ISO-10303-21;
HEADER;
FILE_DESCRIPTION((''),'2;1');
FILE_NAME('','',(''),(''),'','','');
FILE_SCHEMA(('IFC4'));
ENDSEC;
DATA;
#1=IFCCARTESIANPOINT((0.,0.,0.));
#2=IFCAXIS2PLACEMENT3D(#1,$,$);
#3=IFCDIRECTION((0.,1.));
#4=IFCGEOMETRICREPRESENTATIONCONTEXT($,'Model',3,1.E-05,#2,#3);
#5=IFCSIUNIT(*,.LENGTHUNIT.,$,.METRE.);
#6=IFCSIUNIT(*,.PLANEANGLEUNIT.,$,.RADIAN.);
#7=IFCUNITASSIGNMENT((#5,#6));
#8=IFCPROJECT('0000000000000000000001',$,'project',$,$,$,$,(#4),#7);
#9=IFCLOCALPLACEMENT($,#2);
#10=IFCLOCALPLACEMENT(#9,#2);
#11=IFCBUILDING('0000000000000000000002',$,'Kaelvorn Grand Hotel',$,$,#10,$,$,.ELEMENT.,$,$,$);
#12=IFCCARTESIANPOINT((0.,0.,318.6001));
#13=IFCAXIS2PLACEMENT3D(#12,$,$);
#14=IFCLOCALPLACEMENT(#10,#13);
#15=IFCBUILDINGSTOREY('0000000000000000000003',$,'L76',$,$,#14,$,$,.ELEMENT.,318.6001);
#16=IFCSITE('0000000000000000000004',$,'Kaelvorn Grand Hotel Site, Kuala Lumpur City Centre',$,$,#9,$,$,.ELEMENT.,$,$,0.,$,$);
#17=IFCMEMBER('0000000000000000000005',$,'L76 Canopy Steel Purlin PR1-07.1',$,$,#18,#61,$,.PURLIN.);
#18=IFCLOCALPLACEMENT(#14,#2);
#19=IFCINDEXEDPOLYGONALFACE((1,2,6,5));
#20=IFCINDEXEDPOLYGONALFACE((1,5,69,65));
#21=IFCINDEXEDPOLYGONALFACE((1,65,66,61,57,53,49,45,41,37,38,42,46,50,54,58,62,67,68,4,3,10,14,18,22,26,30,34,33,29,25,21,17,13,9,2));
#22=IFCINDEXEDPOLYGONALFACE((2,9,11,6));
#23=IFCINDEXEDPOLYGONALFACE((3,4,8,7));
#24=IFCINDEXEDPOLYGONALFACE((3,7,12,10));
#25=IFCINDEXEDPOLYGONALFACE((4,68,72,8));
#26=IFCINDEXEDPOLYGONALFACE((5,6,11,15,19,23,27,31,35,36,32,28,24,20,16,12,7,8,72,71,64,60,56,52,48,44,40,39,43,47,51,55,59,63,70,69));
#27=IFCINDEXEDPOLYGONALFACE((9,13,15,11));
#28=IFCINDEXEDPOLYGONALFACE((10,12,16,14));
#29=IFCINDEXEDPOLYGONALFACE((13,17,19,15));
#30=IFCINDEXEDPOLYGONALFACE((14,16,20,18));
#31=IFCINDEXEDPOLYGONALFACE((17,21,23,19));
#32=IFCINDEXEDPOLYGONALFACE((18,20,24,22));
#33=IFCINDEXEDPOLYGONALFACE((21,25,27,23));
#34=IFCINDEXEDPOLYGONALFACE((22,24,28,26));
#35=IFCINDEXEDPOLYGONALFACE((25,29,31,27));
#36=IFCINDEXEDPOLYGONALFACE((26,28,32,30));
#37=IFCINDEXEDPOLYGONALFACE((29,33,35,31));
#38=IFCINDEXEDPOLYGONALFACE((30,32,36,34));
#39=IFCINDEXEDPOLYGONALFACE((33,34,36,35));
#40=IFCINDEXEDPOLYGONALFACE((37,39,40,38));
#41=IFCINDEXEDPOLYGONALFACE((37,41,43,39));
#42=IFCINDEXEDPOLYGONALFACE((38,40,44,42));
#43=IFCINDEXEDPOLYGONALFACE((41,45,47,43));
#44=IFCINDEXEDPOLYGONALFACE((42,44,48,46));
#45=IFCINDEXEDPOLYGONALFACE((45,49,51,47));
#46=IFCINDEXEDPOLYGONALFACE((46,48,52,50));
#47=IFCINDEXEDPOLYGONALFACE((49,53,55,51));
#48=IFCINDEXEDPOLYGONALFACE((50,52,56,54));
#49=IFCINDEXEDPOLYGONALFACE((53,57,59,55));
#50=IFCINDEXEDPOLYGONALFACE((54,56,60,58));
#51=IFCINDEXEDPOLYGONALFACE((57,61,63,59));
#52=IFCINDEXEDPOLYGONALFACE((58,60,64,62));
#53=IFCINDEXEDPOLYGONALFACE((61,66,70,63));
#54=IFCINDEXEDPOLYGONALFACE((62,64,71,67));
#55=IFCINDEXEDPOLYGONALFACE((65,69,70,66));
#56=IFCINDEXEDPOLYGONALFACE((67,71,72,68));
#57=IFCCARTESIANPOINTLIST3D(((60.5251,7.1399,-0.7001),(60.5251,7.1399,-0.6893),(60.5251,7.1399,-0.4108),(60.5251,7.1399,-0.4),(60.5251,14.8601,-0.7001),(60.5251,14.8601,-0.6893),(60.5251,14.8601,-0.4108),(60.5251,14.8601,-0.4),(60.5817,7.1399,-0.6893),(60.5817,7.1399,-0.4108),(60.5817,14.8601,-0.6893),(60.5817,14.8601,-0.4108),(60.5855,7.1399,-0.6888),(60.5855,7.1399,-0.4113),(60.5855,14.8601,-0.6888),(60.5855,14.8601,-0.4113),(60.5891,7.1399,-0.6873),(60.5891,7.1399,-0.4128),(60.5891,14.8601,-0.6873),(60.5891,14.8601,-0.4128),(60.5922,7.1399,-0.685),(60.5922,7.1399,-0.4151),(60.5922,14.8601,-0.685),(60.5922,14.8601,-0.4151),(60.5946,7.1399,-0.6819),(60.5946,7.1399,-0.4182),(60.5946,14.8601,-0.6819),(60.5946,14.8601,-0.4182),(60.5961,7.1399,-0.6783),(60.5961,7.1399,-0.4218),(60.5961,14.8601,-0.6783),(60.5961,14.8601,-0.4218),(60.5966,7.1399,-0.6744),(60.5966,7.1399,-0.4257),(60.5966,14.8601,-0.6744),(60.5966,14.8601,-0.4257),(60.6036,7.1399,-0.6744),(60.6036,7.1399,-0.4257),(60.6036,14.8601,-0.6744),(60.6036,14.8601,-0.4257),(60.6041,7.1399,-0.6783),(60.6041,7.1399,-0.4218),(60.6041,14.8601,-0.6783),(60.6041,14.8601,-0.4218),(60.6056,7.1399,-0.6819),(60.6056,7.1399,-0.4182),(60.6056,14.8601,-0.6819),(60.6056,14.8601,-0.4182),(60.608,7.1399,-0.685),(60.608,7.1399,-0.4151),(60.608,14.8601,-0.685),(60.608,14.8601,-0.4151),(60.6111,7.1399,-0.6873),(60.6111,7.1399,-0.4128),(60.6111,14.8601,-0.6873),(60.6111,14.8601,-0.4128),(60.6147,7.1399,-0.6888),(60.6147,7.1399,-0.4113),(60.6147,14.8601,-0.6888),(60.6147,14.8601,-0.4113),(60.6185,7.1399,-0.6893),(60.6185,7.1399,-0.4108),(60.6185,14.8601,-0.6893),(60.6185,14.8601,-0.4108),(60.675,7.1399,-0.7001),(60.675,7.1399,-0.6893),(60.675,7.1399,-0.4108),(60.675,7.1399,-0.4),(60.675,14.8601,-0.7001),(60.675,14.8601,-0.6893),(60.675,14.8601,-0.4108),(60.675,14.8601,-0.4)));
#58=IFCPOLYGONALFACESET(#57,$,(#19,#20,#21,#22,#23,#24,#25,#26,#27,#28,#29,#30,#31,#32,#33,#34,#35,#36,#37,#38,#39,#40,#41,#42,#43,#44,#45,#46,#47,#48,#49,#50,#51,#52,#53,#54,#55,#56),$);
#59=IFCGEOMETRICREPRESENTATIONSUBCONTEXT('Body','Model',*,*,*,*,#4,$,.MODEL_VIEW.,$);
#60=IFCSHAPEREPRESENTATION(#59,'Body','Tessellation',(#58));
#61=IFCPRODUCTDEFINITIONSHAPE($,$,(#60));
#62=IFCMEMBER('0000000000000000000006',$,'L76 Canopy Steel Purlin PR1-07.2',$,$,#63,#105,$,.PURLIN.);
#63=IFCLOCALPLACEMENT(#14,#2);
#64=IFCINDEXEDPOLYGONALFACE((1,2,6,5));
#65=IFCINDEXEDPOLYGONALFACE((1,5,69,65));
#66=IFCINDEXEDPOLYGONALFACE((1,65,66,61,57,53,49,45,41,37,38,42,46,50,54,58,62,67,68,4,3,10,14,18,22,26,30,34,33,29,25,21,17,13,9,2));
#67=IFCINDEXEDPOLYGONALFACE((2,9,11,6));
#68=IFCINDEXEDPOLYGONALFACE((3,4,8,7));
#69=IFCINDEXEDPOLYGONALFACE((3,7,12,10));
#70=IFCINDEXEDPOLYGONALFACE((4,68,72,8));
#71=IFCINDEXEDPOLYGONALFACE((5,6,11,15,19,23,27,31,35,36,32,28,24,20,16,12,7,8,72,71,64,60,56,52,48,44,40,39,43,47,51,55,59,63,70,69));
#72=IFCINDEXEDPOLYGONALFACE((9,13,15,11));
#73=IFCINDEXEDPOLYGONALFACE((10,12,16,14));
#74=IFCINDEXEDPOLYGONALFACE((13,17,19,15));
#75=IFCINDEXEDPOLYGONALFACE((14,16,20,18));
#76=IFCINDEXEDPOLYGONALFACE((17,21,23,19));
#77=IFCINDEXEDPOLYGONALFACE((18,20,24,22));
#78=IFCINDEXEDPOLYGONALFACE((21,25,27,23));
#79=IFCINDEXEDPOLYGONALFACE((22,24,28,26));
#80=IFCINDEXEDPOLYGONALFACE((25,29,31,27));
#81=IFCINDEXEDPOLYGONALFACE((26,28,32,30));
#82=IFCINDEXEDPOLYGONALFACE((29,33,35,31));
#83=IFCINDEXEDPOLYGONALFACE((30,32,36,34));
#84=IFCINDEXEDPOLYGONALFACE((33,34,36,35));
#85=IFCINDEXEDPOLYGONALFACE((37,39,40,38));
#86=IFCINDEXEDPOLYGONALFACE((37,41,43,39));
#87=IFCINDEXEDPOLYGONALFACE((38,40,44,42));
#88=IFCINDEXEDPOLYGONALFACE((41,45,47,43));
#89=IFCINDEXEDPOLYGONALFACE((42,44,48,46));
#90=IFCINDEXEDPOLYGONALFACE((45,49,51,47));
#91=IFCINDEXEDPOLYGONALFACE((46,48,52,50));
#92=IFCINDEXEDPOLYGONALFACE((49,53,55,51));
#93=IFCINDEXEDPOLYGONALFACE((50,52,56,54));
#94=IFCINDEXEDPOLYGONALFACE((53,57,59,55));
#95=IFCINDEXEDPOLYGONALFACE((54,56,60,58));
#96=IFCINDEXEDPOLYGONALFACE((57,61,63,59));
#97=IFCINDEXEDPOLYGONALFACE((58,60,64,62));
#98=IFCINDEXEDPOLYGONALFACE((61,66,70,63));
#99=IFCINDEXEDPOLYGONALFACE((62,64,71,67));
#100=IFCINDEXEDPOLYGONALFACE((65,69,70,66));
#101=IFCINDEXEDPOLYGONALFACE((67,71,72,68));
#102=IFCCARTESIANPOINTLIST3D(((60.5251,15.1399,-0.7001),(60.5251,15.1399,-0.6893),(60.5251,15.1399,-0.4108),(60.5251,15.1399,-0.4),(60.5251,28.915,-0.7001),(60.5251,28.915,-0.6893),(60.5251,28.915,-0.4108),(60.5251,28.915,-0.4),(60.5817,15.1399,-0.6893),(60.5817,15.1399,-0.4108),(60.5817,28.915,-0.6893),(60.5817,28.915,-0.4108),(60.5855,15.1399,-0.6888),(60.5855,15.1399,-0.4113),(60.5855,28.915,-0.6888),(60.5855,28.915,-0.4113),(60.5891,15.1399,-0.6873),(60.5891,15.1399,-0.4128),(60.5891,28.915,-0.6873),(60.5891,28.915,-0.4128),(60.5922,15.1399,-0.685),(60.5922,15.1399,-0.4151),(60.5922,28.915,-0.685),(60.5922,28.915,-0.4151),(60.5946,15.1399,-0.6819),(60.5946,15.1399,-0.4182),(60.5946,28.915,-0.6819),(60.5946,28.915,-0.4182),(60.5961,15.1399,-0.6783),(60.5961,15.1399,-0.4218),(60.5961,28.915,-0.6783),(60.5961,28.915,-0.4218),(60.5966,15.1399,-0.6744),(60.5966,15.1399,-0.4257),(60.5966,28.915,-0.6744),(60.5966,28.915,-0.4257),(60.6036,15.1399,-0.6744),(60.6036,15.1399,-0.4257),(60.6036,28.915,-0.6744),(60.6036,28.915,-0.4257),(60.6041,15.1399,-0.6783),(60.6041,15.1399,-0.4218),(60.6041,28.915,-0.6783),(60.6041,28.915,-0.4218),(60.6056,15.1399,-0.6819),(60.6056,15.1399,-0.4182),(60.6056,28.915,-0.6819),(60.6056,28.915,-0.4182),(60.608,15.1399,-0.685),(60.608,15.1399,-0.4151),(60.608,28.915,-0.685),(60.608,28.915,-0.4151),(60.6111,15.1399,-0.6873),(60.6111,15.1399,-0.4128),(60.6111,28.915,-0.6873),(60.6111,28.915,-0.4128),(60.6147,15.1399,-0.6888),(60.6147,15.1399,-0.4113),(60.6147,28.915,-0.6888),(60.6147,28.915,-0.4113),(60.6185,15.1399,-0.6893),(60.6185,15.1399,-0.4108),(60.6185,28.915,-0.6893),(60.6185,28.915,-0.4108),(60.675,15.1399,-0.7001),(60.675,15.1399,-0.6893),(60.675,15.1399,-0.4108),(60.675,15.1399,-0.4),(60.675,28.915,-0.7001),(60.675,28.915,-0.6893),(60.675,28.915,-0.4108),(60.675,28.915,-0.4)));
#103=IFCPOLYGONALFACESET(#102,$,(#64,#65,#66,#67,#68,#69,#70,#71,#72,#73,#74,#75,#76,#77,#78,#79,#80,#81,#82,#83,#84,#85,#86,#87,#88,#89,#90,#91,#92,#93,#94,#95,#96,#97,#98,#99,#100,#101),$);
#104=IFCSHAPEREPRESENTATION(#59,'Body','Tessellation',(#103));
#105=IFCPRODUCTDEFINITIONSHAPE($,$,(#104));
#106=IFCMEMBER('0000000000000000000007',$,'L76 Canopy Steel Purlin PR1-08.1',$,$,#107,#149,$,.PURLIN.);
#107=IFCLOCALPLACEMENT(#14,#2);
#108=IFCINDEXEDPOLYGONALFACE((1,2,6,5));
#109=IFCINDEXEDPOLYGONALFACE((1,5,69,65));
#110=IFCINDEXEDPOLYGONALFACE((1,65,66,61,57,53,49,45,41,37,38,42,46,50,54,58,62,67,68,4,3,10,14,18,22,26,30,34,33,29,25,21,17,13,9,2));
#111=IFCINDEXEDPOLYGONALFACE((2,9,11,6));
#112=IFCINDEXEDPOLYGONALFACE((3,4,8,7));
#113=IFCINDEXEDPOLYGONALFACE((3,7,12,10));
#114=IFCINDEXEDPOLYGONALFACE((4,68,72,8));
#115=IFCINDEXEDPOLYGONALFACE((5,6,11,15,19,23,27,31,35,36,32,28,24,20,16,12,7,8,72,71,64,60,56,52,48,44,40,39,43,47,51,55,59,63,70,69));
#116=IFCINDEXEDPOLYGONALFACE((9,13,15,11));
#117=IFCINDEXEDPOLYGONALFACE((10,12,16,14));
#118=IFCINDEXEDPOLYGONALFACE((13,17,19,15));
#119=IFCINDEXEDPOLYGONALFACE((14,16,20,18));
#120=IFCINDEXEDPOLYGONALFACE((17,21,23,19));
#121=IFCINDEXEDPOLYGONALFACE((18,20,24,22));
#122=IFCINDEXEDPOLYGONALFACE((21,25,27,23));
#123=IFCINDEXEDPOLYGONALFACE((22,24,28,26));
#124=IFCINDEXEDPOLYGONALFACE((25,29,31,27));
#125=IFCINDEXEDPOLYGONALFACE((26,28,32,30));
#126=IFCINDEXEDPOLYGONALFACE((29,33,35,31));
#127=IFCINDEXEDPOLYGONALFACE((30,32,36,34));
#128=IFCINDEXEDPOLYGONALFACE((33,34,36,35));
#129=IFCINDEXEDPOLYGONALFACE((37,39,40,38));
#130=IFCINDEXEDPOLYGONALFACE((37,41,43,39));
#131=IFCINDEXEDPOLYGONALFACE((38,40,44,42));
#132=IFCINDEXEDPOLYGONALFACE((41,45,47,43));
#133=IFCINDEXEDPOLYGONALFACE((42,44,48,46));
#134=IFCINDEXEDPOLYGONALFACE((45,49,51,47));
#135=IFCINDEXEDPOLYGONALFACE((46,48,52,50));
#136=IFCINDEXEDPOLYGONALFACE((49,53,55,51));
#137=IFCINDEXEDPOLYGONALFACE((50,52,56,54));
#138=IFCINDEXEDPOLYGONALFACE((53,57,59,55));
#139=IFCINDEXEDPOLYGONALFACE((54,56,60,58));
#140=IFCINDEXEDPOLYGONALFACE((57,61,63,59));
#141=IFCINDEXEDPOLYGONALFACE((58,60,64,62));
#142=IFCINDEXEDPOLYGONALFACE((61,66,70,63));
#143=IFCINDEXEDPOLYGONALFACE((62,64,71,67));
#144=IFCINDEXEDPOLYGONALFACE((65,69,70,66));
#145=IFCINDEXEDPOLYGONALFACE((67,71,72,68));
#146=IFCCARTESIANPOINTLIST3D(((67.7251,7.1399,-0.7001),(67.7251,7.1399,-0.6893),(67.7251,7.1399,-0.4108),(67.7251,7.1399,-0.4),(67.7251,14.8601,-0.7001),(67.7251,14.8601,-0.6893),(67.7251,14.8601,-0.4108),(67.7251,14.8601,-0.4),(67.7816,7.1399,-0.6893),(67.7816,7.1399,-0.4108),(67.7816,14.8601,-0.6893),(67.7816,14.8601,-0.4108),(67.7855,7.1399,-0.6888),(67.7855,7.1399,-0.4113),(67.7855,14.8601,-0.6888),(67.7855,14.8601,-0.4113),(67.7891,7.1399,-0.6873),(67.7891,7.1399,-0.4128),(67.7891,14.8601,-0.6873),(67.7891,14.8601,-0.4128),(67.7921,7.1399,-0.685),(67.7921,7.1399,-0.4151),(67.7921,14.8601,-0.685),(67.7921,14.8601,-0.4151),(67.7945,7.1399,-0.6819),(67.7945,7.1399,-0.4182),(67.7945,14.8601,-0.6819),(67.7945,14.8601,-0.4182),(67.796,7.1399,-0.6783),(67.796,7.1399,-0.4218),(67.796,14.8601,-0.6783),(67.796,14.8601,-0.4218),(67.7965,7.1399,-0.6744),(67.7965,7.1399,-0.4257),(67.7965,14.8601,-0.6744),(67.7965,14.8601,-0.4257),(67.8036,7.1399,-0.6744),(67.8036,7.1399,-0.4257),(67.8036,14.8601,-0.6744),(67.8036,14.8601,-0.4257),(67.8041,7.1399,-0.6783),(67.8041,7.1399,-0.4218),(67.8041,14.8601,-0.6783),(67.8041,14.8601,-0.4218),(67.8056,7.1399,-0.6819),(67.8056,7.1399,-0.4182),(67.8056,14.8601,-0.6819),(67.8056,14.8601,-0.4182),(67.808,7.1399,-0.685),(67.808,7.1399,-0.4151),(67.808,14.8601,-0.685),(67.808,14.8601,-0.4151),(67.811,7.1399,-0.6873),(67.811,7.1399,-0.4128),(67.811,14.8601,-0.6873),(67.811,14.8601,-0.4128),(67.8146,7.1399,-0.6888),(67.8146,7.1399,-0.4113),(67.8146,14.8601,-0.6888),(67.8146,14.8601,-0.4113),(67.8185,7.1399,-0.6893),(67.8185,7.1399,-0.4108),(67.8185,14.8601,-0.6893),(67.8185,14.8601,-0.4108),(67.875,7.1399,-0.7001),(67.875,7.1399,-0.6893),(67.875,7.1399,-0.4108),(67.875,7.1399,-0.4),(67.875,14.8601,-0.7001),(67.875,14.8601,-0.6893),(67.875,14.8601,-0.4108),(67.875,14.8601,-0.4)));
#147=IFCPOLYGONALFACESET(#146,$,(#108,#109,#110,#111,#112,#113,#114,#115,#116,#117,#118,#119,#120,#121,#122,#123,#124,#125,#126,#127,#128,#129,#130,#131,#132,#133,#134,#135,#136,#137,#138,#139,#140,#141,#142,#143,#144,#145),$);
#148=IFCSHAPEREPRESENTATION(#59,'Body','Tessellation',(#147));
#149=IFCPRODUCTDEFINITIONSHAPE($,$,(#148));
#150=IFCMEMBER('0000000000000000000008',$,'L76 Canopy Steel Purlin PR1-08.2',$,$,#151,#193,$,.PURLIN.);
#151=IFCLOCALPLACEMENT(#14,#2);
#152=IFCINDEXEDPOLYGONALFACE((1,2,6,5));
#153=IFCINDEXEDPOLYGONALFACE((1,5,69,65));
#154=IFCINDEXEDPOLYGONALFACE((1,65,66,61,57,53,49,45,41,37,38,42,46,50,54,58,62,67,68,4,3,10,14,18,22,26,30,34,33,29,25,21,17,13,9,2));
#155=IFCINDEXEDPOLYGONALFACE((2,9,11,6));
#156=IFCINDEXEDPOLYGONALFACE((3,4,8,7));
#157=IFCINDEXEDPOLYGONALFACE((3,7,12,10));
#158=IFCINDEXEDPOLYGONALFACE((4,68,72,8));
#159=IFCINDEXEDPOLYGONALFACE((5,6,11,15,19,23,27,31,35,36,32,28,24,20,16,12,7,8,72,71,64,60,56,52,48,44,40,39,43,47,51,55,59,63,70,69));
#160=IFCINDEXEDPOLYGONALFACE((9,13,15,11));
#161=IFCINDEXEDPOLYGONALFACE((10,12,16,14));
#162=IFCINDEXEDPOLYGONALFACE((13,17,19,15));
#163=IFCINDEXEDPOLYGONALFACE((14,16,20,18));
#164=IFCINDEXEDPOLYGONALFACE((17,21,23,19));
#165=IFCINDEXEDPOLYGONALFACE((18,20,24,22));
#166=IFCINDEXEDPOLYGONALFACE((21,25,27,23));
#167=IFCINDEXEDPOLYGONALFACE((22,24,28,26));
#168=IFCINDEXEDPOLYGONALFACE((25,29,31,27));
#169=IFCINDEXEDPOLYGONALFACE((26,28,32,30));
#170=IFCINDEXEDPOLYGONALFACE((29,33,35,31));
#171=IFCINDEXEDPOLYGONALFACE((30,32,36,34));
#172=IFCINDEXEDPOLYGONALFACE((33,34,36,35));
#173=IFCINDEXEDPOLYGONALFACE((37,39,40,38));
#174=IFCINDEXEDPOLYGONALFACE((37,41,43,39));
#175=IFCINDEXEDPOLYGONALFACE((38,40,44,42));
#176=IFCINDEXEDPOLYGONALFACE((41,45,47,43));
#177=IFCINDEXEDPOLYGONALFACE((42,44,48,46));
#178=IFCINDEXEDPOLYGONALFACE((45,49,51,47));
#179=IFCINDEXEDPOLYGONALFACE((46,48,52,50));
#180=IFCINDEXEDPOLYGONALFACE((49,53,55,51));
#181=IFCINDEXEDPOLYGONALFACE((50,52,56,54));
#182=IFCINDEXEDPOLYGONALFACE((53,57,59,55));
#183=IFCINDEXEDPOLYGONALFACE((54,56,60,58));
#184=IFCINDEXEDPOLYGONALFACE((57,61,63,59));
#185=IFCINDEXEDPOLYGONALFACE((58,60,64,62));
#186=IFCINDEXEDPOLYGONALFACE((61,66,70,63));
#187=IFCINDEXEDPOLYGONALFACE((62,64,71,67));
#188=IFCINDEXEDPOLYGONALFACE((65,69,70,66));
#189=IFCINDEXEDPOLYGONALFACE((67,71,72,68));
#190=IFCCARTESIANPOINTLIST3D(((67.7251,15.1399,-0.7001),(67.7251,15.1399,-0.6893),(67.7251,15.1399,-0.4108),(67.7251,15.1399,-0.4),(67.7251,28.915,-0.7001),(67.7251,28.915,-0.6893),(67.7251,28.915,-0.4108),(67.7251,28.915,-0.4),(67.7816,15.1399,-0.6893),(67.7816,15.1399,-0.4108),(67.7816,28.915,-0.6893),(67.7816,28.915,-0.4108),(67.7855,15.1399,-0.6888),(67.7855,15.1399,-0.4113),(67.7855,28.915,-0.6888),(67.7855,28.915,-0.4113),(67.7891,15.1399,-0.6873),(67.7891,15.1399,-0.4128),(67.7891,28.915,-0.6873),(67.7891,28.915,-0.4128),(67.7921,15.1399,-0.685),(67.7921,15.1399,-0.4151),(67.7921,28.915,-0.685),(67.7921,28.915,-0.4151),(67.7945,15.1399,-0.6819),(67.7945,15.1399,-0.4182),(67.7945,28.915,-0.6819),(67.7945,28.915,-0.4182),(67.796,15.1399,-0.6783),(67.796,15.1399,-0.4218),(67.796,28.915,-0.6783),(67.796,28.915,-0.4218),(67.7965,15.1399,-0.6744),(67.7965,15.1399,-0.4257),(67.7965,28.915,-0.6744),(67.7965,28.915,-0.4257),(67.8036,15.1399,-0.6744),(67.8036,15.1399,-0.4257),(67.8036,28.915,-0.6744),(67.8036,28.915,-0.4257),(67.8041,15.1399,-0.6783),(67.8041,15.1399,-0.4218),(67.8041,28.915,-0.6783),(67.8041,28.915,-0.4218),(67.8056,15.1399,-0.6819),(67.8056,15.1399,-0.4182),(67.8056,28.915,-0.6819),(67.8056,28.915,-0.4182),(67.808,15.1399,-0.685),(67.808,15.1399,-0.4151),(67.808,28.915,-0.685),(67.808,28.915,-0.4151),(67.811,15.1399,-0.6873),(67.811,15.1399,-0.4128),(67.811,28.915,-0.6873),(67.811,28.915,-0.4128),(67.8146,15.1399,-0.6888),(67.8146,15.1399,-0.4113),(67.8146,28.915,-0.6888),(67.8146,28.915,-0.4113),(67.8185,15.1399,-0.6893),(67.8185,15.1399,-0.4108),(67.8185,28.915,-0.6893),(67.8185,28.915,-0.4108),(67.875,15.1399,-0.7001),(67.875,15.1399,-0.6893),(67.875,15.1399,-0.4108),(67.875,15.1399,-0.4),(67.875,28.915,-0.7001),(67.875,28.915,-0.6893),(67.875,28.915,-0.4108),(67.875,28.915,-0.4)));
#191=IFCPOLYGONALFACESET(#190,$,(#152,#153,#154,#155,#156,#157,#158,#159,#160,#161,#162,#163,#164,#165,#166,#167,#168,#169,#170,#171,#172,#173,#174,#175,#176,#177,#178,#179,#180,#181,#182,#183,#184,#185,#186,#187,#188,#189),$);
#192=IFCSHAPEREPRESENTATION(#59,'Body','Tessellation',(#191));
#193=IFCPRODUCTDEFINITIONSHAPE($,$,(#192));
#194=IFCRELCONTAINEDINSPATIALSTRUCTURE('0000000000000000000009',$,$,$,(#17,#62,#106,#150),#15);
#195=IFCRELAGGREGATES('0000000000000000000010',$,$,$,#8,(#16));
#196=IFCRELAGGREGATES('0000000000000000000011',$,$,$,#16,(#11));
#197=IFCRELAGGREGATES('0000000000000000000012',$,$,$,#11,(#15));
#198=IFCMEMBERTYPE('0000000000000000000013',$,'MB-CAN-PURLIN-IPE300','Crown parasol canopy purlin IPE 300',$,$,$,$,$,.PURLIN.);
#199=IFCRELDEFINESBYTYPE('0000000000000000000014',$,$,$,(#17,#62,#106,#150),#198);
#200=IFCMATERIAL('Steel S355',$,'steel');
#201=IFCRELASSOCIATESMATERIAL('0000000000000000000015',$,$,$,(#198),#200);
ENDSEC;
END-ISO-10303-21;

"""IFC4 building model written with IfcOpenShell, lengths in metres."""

from ifc_helpers import new_model, si_unit, direction, frame, origin, origin_2d, place, context, subcontext, project, spatial, i_section, extrude, material, material_profile, profile_set, type_object, element, save


model = new_model("IFC4")

# Units and contexts
model_context = context("Model", 3, precision=1e-05, world=origin(), true_north=direction((0.0, 1.0)))
body_context = subcontext(model_context, "Body", "Model", "MODEL_VIEW")
ifc_project = project(units=[si_unit("LENGTHUNIT", "METRE"), si_unit("PLANEANGLEUNIT", "RADIAN")], contexts=[model_context])

# Site, building, storey
site_placement = place(None, origin())
site = spatial("IfcSite", under=ifc_project, at=site_placement, Name="Kaelvorn Grand Hotel Site, Kuala Lumpur City Centre", CompositionType="ELEMENT", RefElevation=0.0)
building_placement = place(site_placement, origin())
building = spatial("IfcBuilding", under=site, at=building_placement, Name="Kaelvorn Grand Hotel", CompositionType="ELEMENT")
storey_placement = place(building_placement, frame((0.0, 0.0, 318.6001)))
storey = spatial("IfcBuildingStorey", under=building, at=storey_placement, Name="L76", CompositionType="ELEMENT", Elevation=318.6001)

# Shared definitions
ifc_material_1 = material(Name="Steel S355", Category="steel")

# Members
ifc_material_profile_1 = material_profile(ifc_material_1, i_section(OverallWidth=0.1499, OverallDepth=0.3, WebThickness=0.0071, FlangeThickness=0.0107, FilletRadius=0.0149, at=origin_2d()), Name="IPE 300")
ifc_profile_set_1 = profile_set([ifc_material_profile_1], Name="Steel S355")
member_type_1 = type_object("IfcMemberType", Name="MB-CAN-PURLIN-IPE300", Description="Crown parasol canopy purlin IPE 300", PredefinedType="PURLIN", material=ifc_profile_set_1)
member_1_placement = place(storey_placement, frame((60.6001, 7.1399, -0.55), z_axis=(0.0, 1.0, 0.0), x_axis=(-1.0, 0.0, 0.0)))
element("IfcMember", 1, at=member_1_placement, inside=storey, type_object=member_type_1, Name="L76 Canopy Steel Purlin PR1-07.1", PredefinedType="PURLIN", context=body_context, shape_type="SweptSolid", body=[
    extrude(i_section(OverallWidth=0.1499, OverallDepth=0.3, WebThickness=0.0071, FlangeThickness=0.0107, FilletRadius=0.0149, at=origin_2d()), origin(), (0.0, 0.0, 1.0), 7.7202),
])
member_2_placement = place(storey_placement, frame((60.6001, 15.1399, -0.55), z_axis=(0.0, 1.0, 0.0), x_axis=(-1.0, 0.0, 0.0)))
element("IfcMember", 2, at=member_2_placement, inside=storey, type_object=member_type_1, Name="L76 Canopy Steel Purlin PR1-07.2", PredefinedType="PURLIN", context=body_context, shape_type="SweptSolid", body=[
    extrude(i_section(OverallWidth=0.1499, OverallDepth=0.3, WebThickness=0.0071, FlangeThickness=0.0107, FilletRadius=0.0149, at=origin_2d()), origin(), (0.0, 0.0, 1.0), 13.7751),
])
member_3_placement = place(storey_placement, frame((67.8, 7.1399, -0.55), z_axis=(0.0, 1.0, 0.0), x_axis=(-1.0, 0.0, 0.0)))
element("IfcMember", 3, at=member_3_placement, inside=storey, type_object=member_type_1, Name="L76 Canopy Steel Purlin PR1-08.1", PredefinedType="PURLIN", context=body_context, shape_type="SweptSolid", body=[
    extrude(i_section(OverallWidth=0.1499, OverallDepth=0.3, WebThickness=0.0071, FlangeThickness=0.0107, FilletRadius=0.0149, at=origin_2d()), origin(), (0.0, 0.0, 1.0), 7.7202),
])
member_4_placement = place(storey_placement, frame((67.8, 15.1399, -0.55), z_axis=(0.0, 1.0, 0.0), x_axis=(-1.0, 0.0, 0.0)))
element("IfcMember", 4, at=member_4_placement, inside=storey, type_object=member_type_1, Name="L76 Canopy Steel Purlin PR1-08.2", PredefinedType="PURLIN", context=body_context, shape_type="SweptSolid", body=[
    extrude(i_section(OverallWidth=0.1499, OverallDepth=0.3, WebThickness=0.0071, FlangeThickness=0.0107, FilletRadius=0.0149, at=origin_2d()), origin(), (0.0, 0.0, 1.0), 13.7751),
])

save(model, "model.ifc")
